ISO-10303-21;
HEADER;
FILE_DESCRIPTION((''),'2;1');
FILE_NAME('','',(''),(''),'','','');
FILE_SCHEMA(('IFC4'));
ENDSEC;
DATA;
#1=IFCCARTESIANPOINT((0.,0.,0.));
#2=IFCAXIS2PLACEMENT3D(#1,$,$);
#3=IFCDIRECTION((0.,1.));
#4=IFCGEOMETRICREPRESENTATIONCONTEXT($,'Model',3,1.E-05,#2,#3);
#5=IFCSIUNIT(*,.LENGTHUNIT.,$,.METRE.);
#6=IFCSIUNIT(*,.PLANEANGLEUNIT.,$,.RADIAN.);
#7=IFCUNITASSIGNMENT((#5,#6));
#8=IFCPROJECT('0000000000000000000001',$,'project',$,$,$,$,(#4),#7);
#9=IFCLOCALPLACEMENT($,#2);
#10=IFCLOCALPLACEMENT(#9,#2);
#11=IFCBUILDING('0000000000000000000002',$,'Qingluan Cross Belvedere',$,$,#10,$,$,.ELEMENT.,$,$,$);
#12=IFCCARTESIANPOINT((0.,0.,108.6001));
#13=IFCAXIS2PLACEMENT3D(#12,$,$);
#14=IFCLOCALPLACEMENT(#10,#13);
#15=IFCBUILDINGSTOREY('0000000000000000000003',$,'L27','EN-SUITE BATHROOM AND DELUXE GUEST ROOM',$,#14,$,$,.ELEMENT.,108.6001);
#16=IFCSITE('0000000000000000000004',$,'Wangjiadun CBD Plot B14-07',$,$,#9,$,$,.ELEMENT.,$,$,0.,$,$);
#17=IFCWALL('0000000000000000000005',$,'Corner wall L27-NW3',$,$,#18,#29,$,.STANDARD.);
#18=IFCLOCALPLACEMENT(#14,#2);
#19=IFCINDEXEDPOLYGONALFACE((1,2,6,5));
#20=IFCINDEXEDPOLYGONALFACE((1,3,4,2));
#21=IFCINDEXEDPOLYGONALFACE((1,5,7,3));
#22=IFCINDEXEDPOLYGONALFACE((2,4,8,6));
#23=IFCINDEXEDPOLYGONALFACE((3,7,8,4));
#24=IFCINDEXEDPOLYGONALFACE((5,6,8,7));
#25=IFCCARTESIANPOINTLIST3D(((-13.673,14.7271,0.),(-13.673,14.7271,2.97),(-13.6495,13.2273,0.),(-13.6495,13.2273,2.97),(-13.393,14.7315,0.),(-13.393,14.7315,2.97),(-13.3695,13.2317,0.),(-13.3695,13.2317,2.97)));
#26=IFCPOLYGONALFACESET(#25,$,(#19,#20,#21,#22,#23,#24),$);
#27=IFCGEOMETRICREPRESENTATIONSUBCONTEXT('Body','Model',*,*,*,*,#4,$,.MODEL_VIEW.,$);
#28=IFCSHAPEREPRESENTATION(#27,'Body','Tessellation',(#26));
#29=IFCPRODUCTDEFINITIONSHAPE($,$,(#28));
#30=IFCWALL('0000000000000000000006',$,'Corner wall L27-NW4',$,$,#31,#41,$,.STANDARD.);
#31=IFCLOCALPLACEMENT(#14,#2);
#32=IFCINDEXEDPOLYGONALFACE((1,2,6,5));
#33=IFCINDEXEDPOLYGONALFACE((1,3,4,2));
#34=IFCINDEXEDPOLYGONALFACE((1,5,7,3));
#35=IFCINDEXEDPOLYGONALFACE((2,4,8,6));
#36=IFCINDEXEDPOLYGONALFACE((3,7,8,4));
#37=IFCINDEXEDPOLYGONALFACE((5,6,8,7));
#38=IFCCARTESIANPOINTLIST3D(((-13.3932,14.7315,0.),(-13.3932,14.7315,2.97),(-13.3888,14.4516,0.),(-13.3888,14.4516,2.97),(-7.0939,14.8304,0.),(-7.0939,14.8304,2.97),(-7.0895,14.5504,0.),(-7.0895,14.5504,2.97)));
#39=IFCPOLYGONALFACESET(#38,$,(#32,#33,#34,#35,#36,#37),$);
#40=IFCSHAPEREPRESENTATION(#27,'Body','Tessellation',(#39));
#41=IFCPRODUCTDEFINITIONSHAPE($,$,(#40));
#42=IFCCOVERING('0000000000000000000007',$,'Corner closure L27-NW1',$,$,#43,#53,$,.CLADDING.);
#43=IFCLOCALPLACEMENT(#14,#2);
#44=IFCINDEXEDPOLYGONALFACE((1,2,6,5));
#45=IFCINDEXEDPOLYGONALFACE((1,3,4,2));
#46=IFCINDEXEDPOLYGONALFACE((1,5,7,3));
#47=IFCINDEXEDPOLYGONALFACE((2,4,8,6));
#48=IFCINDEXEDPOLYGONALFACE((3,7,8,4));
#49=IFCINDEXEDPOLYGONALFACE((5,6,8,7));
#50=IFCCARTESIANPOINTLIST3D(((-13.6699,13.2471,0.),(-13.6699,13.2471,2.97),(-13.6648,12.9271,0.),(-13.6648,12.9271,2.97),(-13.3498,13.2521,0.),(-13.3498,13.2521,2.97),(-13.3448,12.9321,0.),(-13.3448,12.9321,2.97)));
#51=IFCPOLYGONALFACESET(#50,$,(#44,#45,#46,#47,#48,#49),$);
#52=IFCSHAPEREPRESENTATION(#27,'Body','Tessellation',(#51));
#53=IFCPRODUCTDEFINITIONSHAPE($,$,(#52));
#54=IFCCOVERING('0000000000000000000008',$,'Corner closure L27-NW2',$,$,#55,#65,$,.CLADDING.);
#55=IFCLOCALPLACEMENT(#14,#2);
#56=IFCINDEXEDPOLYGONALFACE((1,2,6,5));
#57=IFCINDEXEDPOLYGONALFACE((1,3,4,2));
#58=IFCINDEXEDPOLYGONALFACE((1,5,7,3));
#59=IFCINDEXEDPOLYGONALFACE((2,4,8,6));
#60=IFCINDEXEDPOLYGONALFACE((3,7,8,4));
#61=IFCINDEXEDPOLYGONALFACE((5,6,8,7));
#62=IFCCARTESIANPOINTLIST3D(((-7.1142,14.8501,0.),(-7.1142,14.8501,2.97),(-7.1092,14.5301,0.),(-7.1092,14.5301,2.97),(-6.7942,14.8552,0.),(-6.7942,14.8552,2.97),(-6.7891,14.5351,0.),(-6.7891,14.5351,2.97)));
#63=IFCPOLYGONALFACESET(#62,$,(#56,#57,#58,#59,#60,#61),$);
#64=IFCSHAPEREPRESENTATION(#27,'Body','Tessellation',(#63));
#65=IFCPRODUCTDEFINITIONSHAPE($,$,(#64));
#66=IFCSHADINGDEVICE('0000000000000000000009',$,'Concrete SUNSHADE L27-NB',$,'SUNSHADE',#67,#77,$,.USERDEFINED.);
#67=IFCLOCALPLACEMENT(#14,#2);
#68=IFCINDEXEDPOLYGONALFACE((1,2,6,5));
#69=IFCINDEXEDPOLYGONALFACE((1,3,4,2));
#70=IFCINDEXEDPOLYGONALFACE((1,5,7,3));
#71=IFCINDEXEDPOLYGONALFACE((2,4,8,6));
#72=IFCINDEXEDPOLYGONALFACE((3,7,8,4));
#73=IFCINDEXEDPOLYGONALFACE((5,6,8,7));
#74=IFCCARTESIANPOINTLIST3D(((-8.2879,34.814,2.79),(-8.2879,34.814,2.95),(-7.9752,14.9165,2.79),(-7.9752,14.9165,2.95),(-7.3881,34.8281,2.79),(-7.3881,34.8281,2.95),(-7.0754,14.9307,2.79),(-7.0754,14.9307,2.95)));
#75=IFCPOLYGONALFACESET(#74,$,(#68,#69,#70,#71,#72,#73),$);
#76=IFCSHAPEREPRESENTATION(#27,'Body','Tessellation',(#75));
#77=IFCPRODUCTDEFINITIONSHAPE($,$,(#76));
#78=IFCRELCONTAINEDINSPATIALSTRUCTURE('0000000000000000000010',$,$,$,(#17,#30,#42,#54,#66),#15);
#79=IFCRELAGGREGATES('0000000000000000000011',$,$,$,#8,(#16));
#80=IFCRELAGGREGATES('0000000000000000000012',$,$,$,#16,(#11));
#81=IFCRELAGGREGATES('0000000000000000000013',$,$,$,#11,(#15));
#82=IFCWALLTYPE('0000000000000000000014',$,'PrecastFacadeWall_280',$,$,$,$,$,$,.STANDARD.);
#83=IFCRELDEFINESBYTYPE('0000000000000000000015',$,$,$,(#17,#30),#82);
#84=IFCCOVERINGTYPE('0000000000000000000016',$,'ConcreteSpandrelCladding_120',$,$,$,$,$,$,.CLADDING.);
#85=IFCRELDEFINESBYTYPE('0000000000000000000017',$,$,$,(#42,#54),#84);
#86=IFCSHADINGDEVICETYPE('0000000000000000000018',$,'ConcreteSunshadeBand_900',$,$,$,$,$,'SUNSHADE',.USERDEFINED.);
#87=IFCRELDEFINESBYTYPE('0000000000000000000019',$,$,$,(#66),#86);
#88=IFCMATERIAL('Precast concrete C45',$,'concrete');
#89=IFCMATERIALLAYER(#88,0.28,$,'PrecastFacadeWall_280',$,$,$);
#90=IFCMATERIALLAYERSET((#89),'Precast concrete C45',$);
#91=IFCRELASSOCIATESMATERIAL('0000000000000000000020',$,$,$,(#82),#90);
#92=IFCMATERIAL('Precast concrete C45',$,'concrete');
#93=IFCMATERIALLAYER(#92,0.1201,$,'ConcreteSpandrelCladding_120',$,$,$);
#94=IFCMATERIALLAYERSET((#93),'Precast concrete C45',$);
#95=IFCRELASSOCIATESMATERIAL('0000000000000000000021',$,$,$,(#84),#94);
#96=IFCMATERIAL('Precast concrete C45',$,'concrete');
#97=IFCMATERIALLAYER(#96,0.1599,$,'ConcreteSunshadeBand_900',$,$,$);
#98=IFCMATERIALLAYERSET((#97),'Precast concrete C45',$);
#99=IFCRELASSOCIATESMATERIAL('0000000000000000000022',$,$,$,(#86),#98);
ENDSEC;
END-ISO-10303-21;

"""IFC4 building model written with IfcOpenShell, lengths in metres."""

from ifc_helpers import new_model, si_unit, direction, frame, frame_2d, origin, origin_2d, place, context, subcontext, project, spatial, rectangle, extrude, material, layer, layer_set, type_object, element, save


model = new_model("IFC4")

# Units and contexts
model_context = context("Model", 3, precision=1e-05, world=origin(), true_north=direction((0.0, 1.0)))
body_context = subcontext(model_context, "Body", "Model", "MODEL_VIEW")
ifc_project = project(units=[si_unit("LENGTHUNIT", "METRE"), si_unit("PLANEANGLEUNIT", "RADIAN")], contexts=[model_context])

# Site, building, storey
site_placement = place(None, origin())
site = spatial("IfcSite", under=ifc_project, at=site_placement, Name="Wangjiadun CBD Plot B14-07", CompositionType="ELEMENT", RefElevation=0.0)
building_placement = place(site_placement, origin())
building = spatial("IfcBuilding", under=site, at=building_placement, Name="Qingluan Cross Belvedere", CompositionType="ELEMENT")
storey_placement = place(building_placement, frame((0.0, 0.0, 108.6001)))
storey = spatial("IfcBuildingStorey", under=building, at=storey_placement, Name="L27", Description="EN-SUITE BATHROOM AND DELUXE GUEST ROOM", CompositionType="ELEMENT", Elevation=108.6001)

# Shared definitions
ifc_material_1 = material(Name="Precast concrete C45", Category="concrete")
ifc_layer_1 = layer(ifc_material_1, 0.28, Name="PrecastFacadeWall_280")
ifc_layer_set_1 = layer_set([ifc_layer_1], Name="Precast concrete C45")
wall_type_1 = type_object("IfcWallType", Name="PrecastFacadeWall_280", PredefinedType="STANDARD", material=ifc_layer_set_1)

# Walls
wall_1_placement = place(storey_placement, frame((-13.5095, 13.2295, 0.0), z_axis=(0.0, 0.0, 1.0), x_axis=(-0.015626, 0.999878, 0.0)))
element("IfcWall", 1, at=wall_1_placement, inside=storey, type_object=wall_type_1, Name="Corner wall L27-NW3", PredefinedType="STANDARD", context=body_context, shape_type="SweptSolid", body=[
    extrude(rectangle(XDim=1.5, YDim=0.28, at=frame_2d((0.75, 0.0))), origin(), (0.0, 0.0, 1.0), 2.97),
])
wall_2_placement = place(storey_placement, frame((-13.3909, 14.5916, 0.0), z_axis=(0.0, 0.0, 1.0), x_axis=(0.999877, 0.015695, 0.0)))
element("IfcWall", 2, at=wall_2_placement, inside=storey, type_object=wall_type_1, Name="Corner wall L27-NW4", PredefinedType="STANDARD", context=body_context, shape_type="SweptSolid", body=[
    extrude(rectangle(XDim=6.3, YDim=0.28, at=frame_2d((3.1499, 0.0))), origin(), (0.0, 0.0, 1.0), 2.97),
])

# Coverings
ifc_material_2 = material(Name="Precast concrete C45", Category="concrete")
ifc_layer_2 = layer(ifc_material_2, 0.1201, Name="ConcreteSpandrelCladding_120")
ifc_layer_set_2 = layer_set([ifc_layer_2], Name="Precast concrete C45")
covering_type = type_object("IfcCoveringType", Name="ConcreteSpandrelCladding_120", PredefinedType="CLADDING", material=ifc_layer_set_2)
for number, where, z_axis, x_axis, name in (
    (3, (-13.5073, 13.0896, 0.0), (0.0, 0.0, 1.0), (0.999877, 0.015707, 0.0), "Corner closure L27-NW1"),
    (4, (-6.9517, 14.6926, 0.0), (0.0, 0.0, 1.0), (0.999877, 0.015707, 0.0), "Corner closure L27-NW2"),
):
    element("IfcCovering", number, at=place(storey_placement, frame(where, z_axis=z_axis, x_axis=x_axis)), inside=storey, type_object=covering_type, Name=name, PredefinedType="CLADDING", context=body_context, shape_type="SweptSolid", body=[
        extrude(rectangle(XDim=0.3201, YDim=0.3201, at=origin_2d()), origin(), (0.0, 0.0, 1.0), 2.97),
    ])

# Shading device
ifc_material_3 = material(Name="Precast concrete C45", Category="concrete")
ifc_layer_3 = layer(ifc_material_3, 0.1599, Name="ConcreteSunshadeBand_900")
ifc_layer_set_3 = layer_set([ifc_layer_3], Name="Precast concrete C45")
shading_device_type = type_object("IfcShadingDeviceType", Name="ConcreteSunshadeBand_900", ElementType="SUNSHADE", PredefinedType="USERDEFINED", material=ifc_layer_set_3)
shading_device_placement = place(storey_placement, frame((-7.6816, 24.8723, 2.79), z_axis=(0.0, 0.0, 1.0), x_axis=(0.015711, -0.999877, 0.0)))
element("IfcShadingDevice", 5, at=shading_device_placement, inside=storey, type_object=shading_device_type, Name="Concrete SUNSHADE L27-NB", ObjectType="SUNSHADE", PredefinedType="USERDEFINED", context=body_context, shape_type="SweptSolid", body=[
    extrude(rectangle(XDim=19.8999, YDim=0.8999, at=origin_2d()), origin(), (0.0, 0.0, 1.0), 0.1599),
])

save(model, "model.ifc")
